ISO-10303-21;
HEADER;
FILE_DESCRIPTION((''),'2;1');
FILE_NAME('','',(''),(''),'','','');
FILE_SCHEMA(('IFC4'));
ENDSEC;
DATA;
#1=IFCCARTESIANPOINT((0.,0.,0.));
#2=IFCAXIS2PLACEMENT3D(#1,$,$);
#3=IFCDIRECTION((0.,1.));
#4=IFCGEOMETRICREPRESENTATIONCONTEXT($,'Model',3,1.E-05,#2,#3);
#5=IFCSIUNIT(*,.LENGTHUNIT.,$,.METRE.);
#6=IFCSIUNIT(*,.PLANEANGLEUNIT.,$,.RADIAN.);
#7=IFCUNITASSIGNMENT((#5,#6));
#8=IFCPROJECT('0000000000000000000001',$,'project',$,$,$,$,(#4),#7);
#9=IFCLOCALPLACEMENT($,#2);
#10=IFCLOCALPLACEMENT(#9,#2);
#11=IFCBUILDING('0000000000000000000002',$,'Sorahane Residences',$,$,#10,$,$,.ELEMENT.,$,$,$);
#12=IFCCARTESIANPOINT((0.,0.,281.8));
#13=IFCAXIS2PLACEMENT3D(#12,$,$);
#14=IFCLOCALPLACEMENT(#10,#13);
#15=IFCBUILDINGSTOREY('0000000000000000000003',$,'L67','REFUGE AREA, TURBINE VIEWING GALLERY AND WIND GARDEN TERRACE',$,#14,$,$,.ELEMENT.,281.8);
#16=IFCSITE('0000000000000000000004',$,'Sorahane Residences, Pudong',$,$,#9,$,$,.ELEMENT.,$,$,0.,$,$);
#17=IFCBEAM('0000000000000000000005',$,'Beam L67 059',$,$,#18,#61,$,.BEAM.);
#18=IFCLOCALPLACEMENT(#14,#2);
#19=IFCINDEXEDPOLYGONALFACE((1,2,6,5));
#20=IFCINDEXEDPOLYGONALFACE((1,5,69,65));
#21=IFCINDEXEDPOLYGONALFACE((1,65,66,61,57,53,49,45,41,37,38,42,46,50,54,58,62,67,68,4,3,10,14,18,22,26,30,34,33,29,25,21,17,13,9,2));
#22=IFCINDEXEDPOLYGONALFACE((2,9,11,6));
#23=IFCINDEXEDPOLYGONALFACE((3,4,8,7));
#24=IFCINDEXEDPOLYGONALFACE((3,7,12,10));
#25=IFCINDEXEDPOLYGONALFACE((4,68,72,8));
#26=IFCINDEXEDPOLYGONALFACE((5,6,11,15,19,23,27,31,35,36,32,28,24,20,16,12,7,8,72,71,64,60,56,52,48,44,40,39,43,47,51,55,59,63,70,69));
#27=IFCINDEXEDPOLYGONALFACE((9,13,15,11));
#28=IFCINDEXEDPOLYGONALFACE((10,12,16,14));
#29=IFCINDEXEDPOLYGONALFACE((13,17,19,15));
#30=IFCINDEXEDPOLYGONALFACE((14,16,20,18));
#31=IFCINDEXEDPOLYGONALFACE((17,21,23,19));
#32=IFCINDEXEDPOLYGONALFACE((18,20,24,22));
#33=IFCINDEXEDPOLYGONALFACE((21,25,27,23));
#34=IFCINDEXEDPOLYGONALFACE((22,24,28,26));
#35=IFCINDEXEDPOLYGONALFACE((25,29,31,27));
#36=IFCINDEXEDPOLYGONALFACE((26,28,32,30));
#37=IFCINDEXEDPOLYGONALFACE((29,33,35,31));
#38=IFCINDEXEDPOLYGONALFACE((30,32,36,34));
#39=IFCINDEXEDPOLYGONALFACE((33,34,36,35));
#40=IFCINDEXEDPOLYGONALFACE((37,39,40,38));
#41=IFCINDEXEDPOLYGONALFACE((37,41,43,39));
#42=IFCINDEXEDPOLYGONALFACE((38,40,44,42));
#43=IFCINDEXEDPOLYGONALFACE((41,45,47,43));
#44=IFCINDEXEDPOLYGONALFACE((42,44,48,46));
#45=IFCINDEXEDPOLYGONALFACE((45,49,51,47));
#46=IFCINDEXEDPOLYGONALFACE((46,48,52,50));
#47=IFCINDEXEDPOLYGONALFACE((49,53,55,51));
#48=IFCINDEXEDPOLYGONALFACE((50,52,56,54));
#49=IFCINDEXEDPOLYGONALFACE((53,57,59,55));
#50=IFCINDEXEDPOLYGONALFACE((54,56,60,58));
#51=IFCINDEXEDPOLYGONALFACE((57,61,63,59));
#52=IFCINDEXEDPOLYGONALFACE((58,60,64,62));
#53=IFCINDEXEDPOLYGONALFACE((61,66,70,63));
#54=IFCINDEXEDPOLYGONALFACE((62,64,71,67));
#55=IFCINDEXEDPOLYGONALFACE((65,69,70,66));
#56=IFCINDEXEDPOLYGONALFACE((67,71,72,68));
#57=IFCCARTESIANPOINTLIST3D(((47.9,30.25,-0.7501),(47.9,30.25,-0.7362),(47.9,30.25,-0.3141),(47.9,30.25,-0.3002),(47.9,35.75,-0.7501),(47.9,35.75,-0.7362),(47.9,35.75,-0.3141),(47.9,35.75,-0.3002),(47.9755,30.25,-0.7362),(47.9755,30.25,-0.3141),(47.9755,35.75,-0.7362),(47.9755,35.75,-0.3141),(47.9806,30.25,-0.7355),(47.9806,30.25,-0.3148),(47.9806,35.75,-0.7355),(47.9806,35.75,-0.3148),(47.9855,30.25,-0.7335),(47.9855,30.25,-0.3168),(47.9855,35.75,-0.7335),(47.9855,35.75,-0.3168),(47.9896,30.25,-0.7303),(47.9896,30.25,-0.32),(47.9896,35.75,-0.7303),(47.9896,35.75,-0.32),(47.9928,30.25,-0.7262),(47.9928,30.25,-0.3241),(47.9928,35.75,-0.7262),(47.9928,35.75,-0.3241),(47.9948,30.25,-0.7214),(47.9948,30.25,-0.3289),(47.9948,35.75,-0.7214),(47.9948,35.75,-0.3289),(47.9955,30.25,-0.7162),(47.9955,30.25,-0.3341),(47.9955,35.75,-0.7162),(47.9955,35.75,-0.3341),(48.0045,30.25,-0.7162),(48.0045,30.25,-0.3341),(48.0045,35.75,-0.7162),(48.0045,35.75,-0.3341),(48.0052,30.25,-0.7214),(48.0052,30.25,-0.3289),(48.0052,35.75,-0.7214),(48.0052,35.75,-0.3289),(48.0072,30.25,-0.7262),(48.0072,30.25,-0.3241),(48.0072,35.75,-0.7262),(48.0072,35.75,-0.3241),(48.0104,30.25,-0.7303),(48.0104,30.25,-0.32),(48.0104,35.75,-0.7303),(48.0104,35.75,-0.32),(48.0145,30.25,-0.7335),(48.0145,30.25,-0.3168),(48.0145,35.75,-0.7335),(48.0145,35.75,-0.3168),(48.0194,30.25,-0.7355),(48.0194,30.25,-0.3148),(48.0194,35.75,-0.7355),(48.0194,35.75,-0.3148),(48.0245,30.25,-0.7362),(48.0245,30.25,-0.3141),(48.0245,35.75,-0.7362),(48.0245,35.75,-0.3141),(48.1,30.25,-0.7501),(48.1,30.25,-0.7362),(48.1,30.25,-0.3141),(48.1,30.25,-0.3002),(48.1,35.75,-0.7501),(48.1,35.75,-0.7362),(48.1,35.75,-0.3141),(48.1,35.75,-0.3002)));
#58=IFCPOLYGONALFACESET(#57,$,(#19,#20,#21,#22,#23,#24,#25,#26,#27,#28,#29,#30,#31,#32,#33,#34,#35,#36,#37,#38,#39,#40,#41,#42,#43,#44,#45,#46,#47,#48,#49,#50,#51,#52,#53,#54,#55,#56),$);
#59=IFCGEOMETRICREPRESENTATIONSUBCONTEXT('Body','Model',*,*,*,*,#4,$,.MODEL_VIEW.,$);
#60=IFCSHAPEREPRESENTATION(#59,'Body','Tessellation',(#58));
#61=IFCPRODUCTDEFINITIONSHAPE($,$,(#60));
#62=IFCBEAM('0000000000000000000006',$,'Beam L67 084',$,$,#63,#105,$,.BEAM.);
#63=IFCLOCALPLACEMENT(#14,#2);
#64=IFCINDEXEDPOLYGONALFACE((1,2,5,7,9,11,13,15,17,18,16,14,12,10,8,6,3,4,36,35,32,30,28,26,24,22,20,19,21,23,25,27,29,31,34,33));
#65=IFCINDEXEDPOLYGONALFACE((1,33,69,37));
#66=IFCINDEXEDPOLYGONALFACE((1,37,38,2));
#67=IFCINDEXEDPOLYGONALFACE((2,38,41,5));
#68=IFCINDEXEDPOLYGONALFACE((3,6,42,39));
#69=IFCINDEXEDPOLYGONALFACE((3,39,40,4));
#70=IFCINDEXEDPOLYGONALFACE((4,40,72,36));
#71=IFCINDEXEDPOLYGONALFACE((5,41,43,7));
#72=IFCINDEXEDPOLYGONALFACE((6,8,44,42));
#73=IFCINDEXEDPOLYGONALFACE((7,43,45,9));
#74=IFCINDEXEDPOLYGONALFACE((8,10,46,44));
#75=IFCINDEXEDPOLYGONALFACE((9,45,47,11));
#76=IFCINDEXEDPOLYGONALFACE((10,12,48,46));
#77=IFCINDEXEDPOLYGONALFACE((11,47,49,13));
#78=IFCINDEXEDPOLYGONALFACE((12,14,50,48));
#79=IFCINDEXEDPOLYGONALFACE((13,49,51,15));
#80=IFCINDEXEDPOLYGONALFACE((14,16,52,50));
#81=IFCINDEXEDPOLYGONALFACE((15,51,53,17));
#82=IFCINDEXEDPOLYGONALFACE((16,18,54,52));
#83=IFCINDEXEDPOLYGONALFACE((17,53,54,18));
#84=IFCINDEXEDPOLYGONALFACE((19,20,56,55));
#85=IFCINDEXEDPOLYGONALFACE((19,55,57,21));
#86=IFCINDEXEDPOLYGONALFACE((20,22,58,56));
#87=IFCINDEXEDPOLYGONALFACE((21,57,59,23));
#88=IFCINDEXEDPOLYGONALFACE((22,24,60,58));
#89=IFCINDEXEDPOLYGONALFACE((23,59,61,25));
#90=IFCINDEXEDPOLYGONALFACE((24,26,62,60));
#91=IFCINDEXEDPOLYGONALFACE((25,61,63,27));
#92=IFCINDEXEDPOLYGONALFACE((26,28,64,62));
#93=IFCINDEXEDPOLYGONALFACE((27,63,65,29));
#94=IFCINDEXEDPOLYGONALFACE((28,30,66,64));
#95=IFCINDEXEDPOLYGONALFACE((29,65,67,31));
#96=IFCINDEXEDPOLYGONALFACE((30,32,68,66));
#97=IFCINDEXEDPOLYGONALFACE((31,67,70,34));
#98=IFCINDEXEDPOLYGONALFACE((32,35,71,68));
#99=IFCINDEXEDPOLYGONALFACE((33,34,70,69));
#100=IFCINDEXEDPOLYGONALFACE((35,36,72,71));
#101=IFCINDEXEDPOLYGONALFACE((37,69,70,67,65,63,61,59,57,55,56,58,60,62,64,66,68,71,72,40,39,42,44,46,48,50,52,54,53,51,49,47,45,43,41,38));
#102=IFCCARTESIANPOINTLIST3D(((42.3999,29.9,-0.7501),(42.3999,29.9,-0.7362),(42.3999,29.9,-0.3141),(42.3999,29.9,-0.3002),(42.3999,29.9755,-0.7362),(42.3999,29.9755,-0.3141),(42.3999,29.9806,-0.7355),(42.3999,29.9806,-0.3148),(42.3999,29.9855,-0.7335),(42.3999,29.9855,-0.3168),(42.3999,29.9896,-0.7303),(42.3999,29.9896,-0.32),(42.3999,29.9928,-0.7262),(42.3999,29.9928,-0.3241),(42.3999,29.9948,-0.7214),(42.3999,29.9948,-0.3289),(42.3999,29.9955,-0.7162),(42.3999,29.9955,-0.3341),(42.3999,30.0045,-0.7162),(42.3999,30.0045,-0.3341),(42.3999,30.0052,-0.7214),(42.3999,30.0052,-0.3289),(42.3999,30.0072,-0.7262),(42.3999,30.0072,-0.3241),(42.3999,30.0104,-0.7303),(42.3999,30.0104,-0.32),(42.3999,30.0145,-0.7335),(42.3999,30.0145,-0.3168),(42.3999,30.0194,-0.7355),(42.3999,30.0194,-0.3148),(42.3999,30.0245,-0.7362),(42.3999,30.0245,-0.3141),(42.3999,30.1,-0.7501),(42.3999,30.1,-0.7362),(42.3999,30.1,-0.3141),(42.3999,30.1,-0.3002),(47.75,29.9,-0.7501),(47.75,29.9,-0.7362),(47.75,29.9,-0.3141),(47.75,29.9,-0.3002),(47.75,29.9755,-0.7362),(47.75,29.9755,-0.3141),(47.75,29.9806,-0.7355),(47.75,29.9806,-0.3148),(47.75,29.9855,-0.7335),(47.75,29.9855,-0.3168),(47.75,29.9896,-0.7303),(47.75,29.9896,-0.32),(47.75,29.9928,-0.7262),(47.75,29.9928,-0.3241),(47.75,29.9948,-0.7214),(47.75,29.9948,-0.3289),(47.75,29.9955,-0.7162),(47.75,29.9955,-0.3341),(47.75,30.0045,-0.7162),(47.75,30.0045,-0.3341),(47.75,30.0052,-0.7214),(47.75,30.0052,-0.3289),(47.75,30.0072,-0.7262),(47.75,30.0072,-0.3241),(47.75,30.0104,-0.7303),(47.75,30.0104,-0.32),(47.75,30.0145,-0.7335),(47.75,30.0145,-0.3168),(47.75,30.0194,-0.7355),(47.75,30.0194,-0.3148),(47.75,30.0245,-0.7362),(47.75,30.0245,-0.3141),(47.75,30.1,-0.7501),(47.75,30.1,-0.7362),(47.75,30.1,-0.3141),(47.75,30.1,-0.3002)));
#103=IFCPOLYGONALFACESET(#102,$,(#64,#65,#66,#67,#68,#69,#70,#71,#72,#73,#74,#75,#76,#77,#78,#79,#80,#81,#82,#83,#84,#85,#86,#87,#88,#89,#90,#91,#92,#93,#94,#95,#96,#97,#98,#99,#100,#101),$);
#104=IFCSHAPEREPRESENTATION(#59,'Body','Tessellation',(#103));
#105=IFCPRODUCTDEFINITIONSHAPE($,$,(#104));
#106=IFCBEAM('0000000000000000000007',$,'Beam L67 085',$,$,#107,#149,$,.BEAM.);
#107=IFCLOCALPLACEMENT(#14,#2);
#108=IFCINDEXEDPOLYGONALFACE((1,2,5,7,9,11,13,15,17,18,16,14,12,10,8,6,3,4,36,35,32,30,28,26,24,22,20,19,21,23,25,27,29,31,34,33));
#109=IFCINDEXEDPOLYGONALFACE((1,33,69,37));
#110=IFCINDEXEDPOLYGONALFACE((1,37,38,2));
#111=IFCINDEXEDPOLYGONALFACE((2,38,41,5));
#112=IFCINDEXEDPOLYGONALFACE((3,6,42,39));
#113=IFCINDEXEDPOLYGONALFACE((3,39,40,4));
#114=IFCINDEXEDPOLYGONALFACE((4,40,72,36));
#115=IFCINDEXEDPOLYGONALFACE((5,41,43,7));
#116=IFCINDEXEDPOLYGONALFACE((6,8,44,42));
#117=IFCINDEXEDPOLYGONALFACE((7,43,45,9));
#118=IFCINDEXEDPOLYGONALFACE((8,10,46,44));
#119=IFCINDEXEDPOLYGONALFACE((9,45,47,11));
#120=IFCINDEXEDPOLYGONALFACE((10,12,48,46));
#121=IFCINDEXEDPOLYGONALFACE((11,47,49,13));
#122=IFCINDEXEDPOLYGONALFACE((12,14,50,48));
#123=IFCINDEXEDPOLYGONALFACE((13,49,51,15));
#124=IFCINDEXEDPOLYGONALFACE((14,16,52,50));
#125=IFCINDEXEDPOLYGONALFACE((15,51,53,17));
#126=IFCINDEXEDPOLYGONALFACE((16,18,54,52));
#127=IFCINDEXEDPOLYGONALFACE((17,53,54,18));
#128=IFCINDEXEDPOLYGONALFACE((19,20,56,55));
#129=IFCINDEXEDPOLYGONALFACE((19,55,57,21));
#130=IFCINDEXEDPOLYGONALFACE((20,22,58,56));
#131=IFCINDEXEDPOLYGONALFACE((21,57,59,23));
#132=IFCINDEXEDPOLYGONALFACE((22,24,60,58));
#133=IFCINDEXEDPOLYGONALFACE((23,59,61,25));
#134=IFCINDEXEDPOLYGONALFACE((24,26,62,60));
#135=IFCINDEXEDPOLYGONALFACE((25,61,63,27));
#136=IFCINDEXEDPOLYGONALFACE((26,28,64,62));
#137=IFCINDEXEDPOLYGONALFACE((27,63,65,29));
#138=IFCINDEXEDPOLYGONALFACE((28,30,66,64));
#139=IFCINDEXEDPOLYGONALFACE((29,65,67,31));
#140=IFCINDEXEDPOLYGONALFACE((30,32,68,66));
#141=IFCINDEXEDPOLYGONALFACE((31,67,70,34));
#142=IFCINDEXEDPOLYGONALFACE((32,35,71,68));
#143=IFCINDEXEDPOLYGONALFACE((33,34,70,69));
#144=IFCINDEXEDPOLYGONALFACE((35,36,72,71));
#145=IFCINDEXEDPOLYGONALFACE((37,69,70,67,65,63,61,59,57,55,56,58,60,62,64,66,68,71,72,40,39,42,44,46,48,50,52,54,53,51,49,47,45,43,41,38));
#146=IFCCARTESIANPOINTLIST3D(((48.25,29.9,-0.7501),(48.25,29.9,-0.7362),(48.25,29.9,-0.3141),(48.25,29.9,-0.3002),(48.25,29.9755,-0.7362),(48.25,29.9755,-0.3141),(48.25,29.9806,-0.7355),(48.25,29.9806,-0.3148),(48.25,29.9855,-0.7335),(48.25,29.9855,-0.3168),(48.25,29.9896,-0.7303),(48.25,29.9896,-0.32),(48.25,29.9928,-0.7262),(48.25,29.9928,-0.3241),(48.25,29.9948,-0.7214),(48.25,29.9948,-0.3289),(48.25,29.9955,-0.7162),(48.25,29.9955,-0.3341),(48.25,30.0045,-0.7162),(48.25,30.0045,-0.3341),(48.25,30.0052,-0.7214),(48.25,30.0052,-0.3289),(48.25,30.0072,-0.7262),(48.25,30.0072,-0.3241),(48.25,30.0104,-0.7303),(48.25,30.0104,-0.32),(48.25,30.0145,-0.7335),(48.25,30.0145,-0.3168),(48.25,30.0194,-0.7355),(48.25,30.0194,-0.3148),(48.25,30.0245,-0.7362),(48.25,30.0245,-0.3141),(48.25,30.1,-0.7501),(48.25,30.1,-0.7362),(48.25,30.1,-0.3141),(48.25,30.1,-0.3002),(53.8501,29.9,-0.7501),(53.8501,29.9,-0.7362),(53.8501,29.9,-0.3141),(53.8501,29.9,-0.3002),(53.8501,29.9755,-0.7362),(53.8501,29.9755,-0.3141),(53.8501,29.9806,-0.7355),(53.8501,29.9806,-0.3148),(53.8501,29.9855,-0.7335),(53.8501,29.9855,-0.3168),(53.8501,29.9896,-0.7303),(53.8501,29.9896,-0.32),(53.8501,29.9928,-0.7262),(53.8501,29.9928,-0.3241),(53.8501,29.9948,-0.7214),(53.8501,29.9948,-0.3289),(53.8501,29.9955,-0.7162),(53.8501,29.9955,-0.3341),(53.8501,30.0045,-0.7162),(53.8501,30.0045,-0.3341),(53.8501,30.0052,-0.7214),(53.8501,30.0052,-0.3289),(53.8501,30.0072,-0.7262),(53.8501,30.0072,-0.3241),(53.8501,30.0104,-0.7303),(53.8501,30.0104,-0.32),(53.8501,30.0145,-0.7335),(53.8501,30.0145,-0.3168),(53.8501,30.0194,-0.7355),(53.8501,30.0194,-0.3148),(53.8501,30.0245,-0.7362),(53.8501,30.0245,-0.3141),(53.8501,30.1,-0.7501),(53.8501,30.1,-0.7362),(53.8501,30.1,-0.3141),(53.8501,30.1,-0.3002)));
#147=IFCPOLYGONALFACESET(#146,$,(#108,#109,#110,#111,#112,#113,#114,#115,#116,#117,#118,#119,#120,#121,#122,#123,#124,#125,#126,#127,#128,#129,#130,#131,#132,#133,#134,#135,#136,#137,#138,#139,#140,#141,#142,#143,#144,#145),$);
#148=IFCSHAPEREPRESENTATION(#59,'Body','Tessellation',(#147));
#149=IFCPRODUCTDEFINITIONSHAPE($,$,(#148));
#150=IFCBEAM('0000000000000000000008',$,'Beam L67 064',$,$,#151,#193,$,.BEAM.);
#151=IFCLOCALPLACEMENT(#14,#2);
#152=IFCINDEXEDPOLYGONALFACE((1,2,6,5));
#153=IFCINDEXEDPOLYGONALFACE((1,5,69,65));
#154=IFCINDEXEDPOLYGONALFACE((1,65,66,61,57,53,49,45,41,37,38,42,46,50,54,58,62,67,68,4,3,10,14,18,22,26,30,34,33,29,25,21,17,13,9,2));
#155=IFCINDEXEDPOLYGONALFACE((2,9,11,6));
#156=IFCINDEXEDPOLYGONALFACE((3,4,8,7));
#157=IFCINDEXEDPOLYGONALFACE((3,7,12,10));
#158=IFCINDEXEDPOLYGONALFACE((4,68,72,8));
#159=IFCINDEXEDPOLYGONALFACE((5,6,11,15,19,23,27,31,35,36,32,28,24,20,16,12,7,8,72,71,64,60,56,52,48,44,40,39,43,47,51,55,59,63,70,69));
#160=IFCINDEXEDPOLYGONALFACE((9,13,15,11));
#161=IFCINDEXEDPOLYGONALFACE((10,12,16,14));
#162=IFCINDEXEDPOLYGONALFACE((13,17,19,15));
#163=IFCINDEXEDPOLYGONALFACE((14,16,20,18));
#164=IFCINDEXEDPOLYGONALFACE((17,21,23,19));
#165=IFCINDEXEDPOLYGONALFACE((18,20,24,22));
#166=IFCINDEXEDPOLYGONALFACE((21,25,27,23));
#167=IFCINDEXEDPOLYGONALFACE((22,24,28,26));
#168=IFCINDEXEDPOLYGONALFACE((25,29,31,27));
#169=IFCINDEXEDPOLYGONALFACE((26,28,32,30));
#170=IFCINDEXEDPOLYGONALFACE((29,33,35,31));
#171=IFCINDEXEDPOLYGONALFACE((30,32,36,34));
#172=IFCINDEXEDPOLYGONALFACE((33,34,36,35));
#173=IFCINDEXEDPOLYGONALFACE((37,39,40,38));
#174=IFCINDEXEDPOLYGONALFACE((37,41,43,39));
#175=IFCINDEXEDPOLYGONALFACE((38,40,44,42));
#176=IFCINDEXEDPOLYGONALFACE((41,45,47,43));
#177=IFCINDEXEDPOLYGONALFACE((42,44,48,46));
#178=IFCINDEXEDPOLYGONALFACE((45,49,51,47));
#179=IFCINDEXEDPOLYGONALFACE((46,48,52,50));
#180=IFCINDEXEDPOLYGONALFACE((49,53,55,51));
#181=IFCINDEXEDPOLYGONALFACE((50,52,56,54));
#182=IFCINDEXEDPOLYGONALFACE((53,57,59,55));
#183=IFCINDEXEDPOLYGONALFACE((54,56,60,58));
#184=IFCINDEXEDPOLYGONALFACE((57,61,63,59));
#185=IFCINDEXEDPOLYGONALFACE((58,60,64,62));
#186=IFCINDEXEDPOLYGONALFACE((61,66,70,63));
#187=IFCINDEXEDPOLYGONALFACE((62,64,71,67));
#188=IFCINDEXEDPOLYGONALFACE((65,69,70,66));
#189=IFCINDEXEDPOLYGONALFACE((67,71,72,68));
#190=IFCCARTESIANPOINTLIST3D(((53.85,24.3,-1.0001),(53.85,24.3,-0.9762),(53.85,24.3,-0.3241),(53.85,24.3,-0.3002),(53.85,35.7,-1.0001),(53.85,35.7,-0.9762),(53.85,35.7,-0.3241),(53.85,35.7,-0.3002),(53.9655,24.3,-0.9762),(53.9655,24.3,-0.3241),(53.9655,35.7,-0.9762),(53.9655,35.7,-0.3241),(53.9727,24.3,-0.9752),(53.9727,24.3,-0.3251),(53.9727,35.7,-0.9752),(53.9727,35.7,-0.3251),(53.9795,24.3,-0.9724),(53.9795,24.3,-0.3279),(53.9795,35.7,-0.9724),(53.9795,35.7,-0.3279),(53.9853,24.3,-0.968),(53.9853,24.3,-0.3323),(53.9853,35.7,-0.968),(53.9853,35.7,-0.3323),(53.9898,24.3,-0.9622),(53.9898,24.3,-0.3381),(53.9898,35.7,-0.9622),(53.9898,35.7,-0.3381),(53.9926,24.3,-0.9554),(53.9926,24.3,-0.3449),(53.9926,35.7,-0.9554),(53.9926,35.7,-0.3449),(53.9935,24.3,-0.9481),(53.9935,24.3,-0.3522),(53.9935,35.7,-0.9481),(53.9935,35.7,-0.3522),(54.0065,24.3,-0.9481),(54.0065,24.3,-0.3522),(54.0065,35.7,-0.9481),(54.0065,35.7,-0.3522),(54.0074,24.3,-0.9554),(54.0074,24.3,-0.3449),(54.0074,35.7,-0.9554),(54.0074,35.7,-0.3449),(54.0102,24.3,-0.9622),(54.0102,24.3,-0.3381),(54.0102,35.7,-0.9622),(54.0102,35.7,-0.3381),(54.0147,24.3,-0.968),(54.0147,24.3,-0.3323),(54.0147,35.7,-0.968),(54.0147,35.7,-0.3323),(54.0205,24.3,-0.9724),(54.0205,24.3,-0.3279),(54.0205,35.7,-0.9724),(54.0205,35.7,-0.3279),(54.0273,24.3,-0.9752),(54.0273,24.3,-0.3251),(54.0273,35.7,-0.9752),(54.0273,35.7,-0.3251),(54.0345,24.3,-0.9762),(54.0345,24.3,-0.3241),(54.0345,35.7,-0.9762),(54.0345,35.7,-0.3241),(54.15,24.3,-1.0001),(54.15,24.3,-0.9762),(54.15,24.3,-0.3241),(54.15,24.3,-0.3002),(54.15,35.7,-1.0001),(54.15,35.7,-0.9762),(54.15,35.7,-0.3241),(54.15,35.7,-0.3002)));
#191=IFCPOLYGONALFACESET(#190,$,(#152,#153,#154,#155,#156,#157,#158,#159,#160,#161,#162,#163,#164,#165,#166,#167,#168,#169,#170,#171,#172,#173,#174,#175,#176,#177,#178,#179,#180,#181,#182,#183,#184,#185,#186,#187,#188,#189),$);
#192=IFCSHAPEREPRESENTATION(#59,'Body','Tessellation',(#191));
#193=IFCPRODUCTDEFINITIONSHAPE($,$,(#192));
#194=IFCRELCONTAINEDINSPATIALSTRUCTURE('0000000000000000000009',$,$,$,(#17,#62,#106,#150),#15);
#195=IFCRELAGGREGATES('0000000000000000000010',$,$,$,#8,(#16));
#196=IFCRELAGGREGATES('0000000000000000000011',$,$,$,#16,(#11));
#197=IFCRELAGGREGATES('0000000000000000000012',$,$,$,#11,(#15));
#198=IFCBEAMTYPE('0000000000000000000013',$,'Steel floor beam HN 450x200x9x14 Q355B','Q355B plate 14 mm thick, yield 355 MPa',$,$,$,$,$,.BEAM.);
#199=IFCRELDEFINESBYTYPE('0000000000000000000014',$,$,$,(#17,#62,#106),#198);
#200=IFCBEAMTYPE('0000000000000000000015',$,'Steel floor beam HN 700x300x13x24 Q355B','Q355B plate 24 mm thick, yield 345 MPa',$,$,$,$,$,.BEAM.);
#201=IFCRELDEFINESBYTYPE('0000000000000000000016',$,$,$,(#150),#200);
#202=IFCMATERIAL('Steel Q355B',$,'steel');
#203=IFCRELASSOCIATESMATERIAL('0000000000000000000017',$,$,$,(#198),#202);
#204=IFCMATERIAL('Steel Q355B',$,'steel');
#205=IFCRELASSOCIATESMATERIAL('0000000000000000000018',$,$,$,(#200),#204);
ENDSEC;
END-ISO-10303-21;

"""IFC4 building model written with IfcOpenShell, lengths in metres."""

from ifc_helpers import new_model, si_unit, direction, frame, origin, origin_2d, place, context, subcontext, project, spatial, i_section, extrude, material, material_profile, profile_set, type_object, element, save


model = new_model("IFC4")

# Units and contexts
model_context = context("Model", 3, precision=1e-05, world=origin(), true_north=direction((0.0, 1.0)))
body_context = subcontext(model_context, "Body", "Model", "MODEL_VIEW")
ifc_project = project(units=[si_unit("LENGTHUNIT", "METRE"), si_unit("PLANEANGLEUNIT", "RADIAN")], contexts=[model_context])

# Site, building, storey
site_placement = place(None, origin())
site = spatial("IfcSite", under=ifc_project, at=site_placement, Name="Sorahane Residences, Pudong", CompositionType="ELEMENT", RefElevation=0.0)
building_placement = place(site_placement, origin())
building = spatial("IfcBuilding", under=site, at=building_placement, Name="Sorahane Residences", CompositionType="ELEMENT")
storey_placement = place(building_placement, frame((0.0, 0.0, 281.8)))
storey = spatial("IfcBuildingStorey", under=building, at=storey_placement, Name="L67", Description="REFUGE AREA, TURBINE VIEWING GALLERY AND WIND GARDEN TERRACE", CompositionType="ELEMENT", Elevation=281.8)

# Beams
ifc_material_1 = material(Name="Steel Q355B", Category="steel")
ifc_material_profile_1 = material_profile(ifc_material_1, i_section(OverallWidth=0.2, OverallDepth=0.45, WebThickness=0.009, FlangeThickness=0.0139, FilletRadius=0.02, at=origin_2d()), Name="HN 450x200x9x14")
ifc_profile_set_1 = profile_set([ifc_material_profile_1], Name="Steel Q355B")
beam_type_1 = type_object("IfcBeamType", Name="Steel floor beam HN 450x200x9x14 Q355B", Description="Q355B plate 14 mm thick, yield 355 MPa", PredefinedType="BEAM", material=ifc_profile_set_1)
for number, where, z_axis, x_axis, name in (
    (1, (48.0, 30.25, -0.5251), (0.0, 1.0, 0.0), (-1.0, 0.0, 0.0), "Beam L67 059"),
):
    element("IfcBeam", number, at=place(storey_placement, frame(where, z_axis=z_axis, x_axis=x_axis)), inside=storey, type_object=beam_type_1, Name=name, PredefinedType="BEAM", context=body_context, shape_type="SweptSolid", body=[
        extrude(i_section(OverallWidth=0.2, OverallDepth=0.45, WebThickness=0.009, FlangeThickness=0.0139, FilletRadius=0.02, at=origin_2d()), origin(), (0.0, 0.0, 1.0), 5.5),
    ])
beam_1_placement = place(storey_placement, frame((42.3999, 30.0, -0.5251), z_axis=(1.0, 0.0, 0.0), x_axis=(0.0, 1.0, 0.0)))
element("IfcBeam", 2, at=beam_1_placement, inside=storey, type_object=beam_type_1, Name="Beam L67 084", PredefinedType="BEAM", context=body_context, shape_type="SweptSolid", body=[
    extrude(i_section(OverallWidth=0.2, OverallDepth=0.45, WebThickness=0.009, FlangeThickness=0.0139, FilletRadius=0.02, at=origin_2d()), origin(), (0.0, 0.0, 1.0), 5.3501),
])
beam_2_placement = place(storey_placement, frame((48.25, 30.0, -0.5251), z_axis=(1.0, 0.0, 0.0), x_axis=(0.0, 1.0, 0.0)))
element("IfcBeam", 3, at=beam_2_placement, inside=storey, type_object=beam_type_1, Name="Beam L67 085", PredefinedType="BEAM", context=body_context, shape_type="SweptSolid", body=[
    extrude(i_section(OverallWidth=0.2, OverallDepth=0.45, WebThickness=0.009, FlangeThickness=0.0139, FilletRadius=0.02, at=origin_2d()), origin(), (0.0, 0.0, 1.0), 5.6001),
])
ifc_material_2 = material(Name="Steel Q355B", Category="steel")
ifc_material_profile_2 = material_profile(ifc_material_2, i_section(OverallWidth=0.3, OverallDepth=0.7, WebThickness=0.0129, FlangeThickness=0.0239, FilletRadius=0.0281, at=origin_2d()), Name="HN 700x300x13x24")
ifc_profile_set_2 = profile_set([ifc_material_profile_2], Name="Steel Q355B")
beam_type_2 = type_object("IfcBeamType", Name="Steel floor beam HN 700x300x13x24 Q355B", Description="Q355B plate 24 mm thick, yield 345 MPa", PredefinedType="BEAM", material=ifc_profile_set_2)
beam_3_placement = place(storey_placement, frame((54.0, 24.3, -0.6501), z_axis=(0.0, 1.0, 0.0), x_axis=(-1.0, 0.0, 0.0)))
element("IfcBeam", 4, at=beam_3_placement, inside=storey, type_object=beam_type_2, Name="Beam L67 064", PredefinedType="BEAM", context=body_context, shape_type="SweptSolid", body=[
    extrude(i_section(OverallWidth=0.3, OverallDepth=0.7, WebThickness=0.0129, FlangeThickness=0.0239, FilletRadius=0.0281, at=origin_2d()), origin(), (0.0, 0.0, 1.0), 11.3999),
])

save(model, "model.ifc")
